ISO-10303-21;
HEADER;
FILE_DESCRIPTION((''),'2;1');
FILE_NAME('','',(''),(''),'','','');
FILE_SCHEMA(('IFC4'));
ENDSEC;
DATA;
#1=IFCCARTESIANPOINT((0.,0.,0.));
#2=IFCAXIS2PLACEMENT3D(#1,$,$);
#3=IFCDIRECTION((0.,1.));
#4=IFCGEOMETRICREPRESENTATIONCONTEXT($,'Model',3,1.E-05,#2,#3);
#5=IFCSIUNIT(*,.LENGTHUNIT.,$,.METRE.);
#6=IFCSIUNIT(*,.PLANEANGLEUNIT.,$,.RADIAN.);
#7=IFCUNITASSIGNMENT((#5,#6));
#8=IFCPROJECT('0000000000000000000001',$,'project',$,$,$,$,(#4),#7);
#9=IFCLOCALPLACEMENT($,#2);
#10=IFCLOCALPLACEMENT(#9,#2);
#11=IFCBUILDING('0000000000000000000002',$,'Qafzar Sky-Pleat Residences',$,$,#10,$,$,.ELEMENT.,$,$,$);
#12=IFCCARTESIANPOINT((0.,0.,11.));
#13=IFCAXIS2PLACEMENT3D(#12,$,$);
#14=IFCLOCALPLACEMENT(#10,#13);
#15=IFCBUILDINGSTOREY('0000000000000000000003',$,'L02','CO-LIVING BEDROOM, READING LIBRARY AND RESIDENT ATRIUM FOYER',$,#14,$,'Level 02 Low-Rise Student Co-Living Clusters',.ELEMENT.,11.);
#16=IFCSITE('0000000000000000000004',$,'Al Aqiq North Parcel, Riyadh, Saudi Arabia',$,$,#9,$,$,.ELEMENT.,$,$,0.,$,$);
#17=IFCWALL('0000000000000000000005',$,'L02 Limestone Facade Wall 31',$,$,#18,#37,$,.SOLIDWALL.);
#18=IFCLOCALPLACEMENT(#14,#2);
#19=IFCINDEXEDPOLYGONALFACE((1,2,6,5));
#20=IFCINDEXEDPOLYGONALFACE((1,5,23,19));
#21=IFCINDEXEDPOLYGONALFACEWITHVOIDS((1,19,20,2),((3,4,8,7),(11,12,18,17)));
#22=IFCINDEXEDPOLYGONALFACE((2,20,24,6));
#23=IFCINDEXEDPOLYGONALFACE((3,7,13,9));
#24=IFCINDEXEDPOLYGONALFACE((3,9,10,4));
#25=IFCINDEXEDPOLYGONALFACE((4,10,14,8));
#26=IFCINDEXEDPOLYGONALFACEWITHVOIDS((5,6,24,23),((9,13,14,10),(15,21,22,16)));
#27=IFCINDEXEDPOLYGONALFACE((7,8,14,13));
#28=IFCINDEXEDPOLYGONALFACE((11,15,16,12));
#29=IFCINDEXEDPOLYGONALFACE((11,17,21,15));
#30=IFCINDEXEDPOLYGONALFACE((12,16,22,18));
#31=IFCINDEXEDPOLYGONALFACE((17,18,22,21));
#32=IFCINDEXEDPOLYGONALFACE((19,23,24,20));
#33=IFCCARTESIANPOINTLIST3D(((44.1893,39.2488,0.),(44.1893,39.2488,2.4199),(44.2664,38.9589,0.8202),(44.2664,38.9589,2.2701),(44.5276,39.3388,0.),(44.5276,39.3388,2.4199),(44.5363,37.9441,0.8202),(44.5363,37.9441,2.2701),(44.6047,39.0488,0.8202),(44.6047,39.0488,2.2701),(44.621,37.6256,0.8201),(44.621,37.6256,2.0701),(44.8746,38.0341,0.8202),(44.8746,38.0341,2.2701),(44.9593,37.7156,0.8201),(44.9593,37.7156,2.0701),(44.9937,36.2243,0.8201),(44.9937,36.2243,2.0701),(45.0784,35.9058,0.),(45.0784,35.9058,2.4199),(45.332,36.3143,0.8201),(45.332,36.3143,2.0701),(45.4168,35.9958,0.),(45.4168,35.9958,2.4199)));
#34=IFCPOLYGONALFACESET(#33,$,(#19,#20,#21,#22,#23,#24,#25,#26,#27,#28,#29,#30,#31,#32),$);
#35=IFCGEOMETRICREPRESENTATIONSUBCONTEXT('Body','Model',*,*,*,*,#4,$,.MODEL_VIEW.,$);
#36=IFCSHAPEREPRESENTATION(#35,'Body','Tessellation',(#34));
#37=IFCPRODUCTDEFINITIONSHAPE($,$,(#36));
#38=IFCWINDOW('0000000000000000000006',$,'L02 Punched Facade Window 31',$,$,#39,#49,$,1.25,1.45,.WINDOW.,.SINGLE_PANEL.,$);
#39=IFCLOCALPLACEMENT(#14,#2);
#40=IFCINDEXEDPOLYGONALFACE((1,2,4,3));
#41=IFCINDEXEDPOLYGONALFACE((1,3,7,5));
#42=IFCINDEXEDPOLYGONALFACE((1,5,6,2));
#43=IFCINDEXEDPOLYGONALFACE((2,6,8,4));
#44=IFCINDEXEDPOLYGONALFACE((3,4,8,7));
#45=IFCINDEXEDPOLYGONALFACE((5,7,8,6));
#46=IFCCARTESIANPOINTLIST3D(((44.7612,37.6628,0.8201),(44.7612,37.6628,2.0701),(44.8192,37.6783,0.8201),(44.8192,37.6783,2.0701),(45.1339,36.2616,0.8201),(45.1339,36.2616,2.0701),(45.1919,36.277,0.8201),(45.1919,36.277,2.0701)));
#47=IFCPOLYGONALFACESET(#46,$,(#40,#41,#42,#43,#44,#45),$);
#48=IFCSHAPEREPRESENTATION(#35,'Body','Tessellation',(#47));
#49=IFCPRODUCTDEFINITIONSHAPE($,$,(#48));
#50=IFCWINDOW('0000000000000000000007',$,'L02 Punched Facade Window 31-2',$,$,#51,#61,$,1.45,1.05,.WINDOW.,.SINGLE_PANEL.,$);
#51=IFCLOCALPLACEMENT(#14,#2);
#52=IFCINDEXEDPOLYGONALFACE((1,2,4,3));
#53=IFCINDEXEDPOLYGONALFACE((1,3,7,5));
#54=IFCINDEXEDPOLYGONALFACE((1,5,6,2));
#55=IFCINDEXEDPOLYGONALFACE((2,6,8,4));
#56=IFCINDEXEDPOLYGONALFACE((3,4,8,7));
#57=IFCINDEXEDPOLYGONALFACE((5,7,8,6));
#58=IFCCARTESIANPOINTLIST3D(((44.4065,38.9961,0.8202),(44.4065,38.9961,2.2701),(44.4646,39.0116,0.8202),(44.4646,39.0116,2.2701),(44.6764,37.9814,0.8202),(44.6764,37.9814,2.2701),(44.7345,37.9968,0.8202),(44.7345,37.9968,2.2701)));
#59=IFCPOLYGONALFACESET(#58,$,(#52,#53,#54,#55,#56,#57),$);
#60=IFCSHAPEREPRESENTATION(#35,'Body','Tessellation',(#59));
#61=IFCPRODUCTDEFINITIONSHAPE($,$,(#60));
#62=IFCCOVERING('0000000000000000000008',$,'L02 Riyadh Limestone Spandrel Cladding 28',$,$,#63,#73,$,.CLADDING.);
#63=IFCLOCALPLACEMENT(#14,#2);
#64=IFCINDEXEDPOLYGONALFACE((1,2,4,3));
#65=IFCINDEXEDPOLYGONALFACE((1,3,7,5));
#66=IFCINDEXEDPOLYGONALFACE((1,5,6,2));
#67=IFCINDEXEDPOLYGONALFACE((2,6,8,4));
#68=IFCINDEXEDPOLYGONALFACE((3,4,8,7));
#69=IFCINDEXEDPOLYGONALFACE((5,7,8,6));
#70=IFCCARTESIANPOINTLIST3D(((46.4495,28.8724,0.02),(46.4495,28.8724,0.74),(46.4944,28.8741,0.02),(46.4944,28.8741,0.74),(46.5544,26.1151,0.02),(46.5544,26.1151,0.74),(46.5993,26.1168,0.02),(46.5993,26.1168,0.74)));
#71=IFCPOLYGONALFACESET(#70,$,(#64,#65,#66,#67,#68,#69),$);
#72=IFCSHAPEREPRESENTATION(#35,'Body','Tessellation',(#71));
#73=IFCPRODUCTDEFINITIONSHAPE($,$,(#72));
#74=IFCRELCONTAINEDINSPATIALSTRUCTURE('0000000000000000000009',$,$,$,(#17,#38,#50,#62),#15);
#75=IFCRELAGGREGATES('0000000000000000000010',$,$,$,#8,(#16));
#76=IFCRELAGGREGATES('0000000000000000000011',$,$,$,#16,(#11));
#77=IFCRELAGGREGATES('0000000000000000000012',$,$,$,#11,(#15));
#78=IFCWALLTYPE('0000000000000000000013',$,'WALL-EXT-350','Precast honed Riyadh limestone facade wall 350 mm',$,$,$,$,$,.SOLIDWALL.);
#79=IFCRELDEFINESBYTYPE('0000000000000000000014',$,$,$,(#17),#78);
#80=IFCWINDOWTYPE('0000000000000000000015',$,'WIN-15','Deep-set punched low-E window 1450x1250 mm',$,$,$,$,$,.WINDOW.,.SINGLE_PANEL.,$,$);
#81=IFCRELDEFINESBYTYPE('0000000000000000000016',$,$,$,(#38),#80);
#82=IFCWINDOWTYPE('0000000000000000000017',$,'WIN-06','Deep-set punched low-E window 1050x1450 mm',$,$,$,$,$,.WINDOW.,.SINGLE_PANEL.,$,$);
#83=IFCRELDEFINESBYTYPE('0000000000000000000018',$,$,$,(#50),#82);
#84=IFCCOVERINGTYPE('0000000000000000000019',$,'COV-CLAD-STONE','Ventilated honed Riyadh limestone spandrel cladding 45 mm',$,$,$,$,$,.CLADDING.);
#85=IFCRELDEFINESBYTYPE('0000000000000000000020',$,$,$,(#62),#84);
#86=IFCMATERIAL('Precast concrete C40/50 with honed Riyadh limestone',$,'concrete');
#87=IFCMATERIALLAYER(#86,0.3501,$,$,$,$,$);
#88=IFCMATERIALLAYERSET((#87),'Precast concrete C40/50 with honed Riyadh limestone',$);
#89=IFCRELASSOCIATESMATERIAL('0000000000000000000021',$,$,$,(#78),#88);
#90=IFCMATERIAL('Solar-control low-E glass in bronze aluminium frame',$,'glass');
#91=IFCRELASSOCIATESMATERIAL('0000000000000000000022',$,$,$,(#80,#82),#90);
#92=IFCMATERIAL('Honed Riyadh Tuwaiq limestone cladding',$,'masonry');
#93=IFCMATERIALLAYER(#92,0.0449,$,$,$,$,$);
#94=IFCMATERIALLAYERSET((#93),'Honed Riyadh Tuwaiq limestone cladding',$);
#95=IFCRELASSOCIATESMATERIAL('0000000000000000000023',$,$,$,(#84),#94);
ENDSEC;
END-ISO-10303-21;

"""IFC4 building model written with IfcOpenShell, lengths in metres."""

from ifc_helpers import new_model, si_unit, direction, frame, frame_2d, origin, origin_2d, place, context, subcontext, project, spatial, rectangle, extrude, source, transform, mapped, material, layer, layer_set, type_object, element, fill, save


model = new_model("IFC4")

# Units and contexts
model_context = context("Model", 3, precision=1e-05, world=origin(), true_north=direction((0.0, 1.0)))
body_context = subcontext(model_context, "Body", "Model", "MODEL_VIEW")
ifc_project = project(units=[si_unit("LENGTHUNIT", "METRE"), si_unit("PLANEANGLEUNIT", "RADIAN")], contexts=[model_context])

# Site, building, storey
site_placement = place(None, origin())
site = spatial("IfcSite", under=ifc_project, at=site_placement, Name="Al Aqiq North Parcel, Riyadh, Saudi Arabia", CompositionType="ELEMENT", RefElevation=0.0)
building_placement = place(site_placement, origin())
building = spatial("IfcBuilding", under=site, at=building_placement, Name="Qafzar Sky-Pleat Residences", CompositionType="ELEMENT")
storey_placement = place(building_placement, frame((0.0, 0.0, 11.0)))
storey = spatial("IfcBuildingStorey", under=building, at=storey_placement, Name="L02", Description="CO-LIVING BEDROOM, READING LIBRARY AND RESIDENT ATRIUM FOYER", LongName="Level 02 Low-Rise Student Co-Living Clusters", CompositionType="ELEMENT", Elevation=11.0)

# Shared definitions
ifc_material_1 = material(Name="Precast concrete C40/50 with honed Riyadh limestone", Category="concrete")
ifc_layer_1 = layer(ifc_material_1, 0.3501)
ifc_layer_set_1 = layer_set([ifc_layer_1], Name="Precast concrete C40/50 with honed Riyadh limestone")
wall_type_1 = type_object("IfcWallType", Name="WALL-EXT-350", Description="Precast honed Riyadh limestone facade wall 350 mm", PredefinedType="SOLIDWALL", material=ifc_layer_set_1)
ifc_material_2 = material(Name="Solar-control low-E glass in bronze aluminium frame", Category="glass")

# Wall, openings, windows
window_type_1 = type_object("IfcWindowType", Name="WIN-15", Description="Deep-set punched low-E window 1450x1250 mm", PartitioningType="SINGLE_PANEL", PredefinedType="WINDOW", material=ifc_material_2)
shared_shape_1 = source(origin(), body_context, "Body", "SweptSolid", [
    extrude(rectangle(XDim=1.45, YDim=1.25, at=frame_2d((0.7251, 0.625))), frame((0.0, 0.03, 0.0), z_axis=(0.0, -1.0, 0.0), x_axis=(1.0, 0.0, 0.0)), (0.0, 0.0, 1.0), 0.0601),
])
wall_1_placement = place(storey_placement, frame((45.2476, 35.9509, 0.0), z_axis=(0.0, 0.0, 1.0), x_axis=(-0.257039, 0.966401, 0.0)))
wall_1 = element("IfcWall", 1, at=wall_1_placement, inside=storey, type_object=wall_type_1, Name="L02 Limestone Facade Wall 31", PredefinedType="SOLIDWALL", context=body_context, shape_type="SweptSolid", body=[
    extrude(rectangle(XDim=3.4592, YDim=0.3501, at=frame_2d((1.7295, 0.0))), origin(), (0.0, 0.0, 1.0), 2.4199),
])
opening_1_placement = place(wall_1_placement, frame((0.3293, 0.0, 0.8201)))
opening_1 = element("IfcOpeningElement", 2, at=opening_1_placement, cuts=wall_1, PredefinedType="OPENING", context=body_context, shape_type="SweptSolid", body=[
    extrude(rectangle(XDim=1.45, YDim=1.25, at=frame_2d((0.7251, 0.625))), frame((0.0, 0.1851, 0.0), z_axis=(0.0, -1.0, 0.0), x_axis=(1.0, 0.0, 0.0)), (0.0, 0.0, 1.0), 0.3701),
])
opening_2_placement = place(wall_1_placement, frame((2.1091, 0.0, 0.8201)))
opening_2 = element("IfcOpeningElement", 3, at=opening_2_placement, cuts=wall_1, PredefinedType="OPENING", context=body_context, shape_type="SweptSolid", body=[
    extrude(rectangle(XDim=1.05, YDim=1.45, at=frame_2d((0.5249, 0.7251))), frame((0.0, 0.1851, 0.0), z_axis=(0.0, -1.0, 0.0), x_axis=(1.0, 0.0, 0.0)), (0.0, 0.0, 1.0), 0.3701),
])
window_1_placement = place(opening_1_placement, origin())
window_1 = element("IfcWindow", 4, at=window_1_placement, inside=storey, type_object=window_type_1, Name="L02 Punched Facade Window 31", OverallHeight=1.25, OverallWidth=1.45, PartitioningType="SINGLE_PANEL", PredefinedType="WINDOW", context=body_context, shape_type="MappedRepresentation", body=[
    mapped(shared_shape_1, transform((0.0, 0.0, 0.0), x_axis=(1.0, 0.0, 0.0), y_axis=(0.0, 1.0, 0.0), z_axis=(0.0, 0.0, 1.0), scale=1.0)),
])
fill(opening_1, window_1)
window_type_2 = type_object("IfcWindowType", Name="WIN-06", Description="Deep-set punched low-E window 1050x1450 mm", PartitioningType="SINGLE_PANEL", PredefinedType="WINDOW", material=ifc_material_2)
shared_shape_2 = source(origin(), body_context, "Body", "SweptSolid", [
    extrude(rectangle(XDim=1.05, YDim=1.45, at=frame_2d((0.5249, 0.7251))), frame((0.0, 0.03, 0.0), z_axis=(0.0, -1.0, 0.0), x_axis=(1.0, 0.0, 0.0)), (0.0, 0.0, 1.0), 0.0601),
])
window_2_placement = place(opening_2_placement, origin())
window_2 = element("IfcWindow", 5, at=window_2_placement, inside=storey, type_object=window_type_2, Name="L02 Punched Facade Window 31-2", OverallHeight=1.45, OverallWidth=1.05, PartitioningType="SINGLE_PANEL", PredefinedType="WINDOW", context=body_context, shape_type="MappedRepresentation", body=[
    mapped(shared_shape_2, transform((0.0, 0.0, 0.0), x_axis=(1.0, 0.0, 0.0), y_axis=(0.0, 1.0, 0.0), z_axis=(0.0, 0.0, 1.0), scale=1.0)),
])
fill(opening_2, window_2)

# Covering
ifc_material_3 = material(Name="Honed Riyadh Tuwaiq limestone cladding", Category="masonry")
ifc_layer_2 = layer(ifc_material_3, 0.0449)
ifc_layer_set_2 = layer_set([ifc_layer_2], Name="Honed Riyadh Tuwaiq limestone cladding")
covering_type = type_object("IfcCoveringType", Name="COV-CLAD-STONE", Description="Ventilated honed Riyadh limestone spandrel cladding 45 mm", PredefinedType="CLADDING", material=ifc_layer_set_2)
shared_shape_3 = source(origin(), body_context, "Body", "SweptSolid", [
    extrude(rectangle(XDim=2.7593, YDim=0.0449, at=origin_2d()), origin(), (0.0, 0.0, 1.0), 0.72),
])
covering_placement = place(storey_placement, frame((46.5244, 27.4946, 0.02), z_axis=(0.0, 0.0, 1.0), x_axis=(-0.037998, 0.999278, 0.0)))
element("IfcCovering", 6, at=covering_placement, inside=storey, type_object=covering_type, Name="L02 Riyadh Limestone Spandrel Cladding 28", PredefinedType="CLADDING", context=body_context, shape_type="MappedRepresentation", body=[
    mapped(shared_shape_3, transform((0.0, 0.0, 0.0), x_axis=(1.0, 0.0, 0.0), y_axis=(0.0, 1.0, 0.0), z_axis=(0.0, 0.0, 1.0), scale=1.0)),
])

save(model, "model.ifc")
